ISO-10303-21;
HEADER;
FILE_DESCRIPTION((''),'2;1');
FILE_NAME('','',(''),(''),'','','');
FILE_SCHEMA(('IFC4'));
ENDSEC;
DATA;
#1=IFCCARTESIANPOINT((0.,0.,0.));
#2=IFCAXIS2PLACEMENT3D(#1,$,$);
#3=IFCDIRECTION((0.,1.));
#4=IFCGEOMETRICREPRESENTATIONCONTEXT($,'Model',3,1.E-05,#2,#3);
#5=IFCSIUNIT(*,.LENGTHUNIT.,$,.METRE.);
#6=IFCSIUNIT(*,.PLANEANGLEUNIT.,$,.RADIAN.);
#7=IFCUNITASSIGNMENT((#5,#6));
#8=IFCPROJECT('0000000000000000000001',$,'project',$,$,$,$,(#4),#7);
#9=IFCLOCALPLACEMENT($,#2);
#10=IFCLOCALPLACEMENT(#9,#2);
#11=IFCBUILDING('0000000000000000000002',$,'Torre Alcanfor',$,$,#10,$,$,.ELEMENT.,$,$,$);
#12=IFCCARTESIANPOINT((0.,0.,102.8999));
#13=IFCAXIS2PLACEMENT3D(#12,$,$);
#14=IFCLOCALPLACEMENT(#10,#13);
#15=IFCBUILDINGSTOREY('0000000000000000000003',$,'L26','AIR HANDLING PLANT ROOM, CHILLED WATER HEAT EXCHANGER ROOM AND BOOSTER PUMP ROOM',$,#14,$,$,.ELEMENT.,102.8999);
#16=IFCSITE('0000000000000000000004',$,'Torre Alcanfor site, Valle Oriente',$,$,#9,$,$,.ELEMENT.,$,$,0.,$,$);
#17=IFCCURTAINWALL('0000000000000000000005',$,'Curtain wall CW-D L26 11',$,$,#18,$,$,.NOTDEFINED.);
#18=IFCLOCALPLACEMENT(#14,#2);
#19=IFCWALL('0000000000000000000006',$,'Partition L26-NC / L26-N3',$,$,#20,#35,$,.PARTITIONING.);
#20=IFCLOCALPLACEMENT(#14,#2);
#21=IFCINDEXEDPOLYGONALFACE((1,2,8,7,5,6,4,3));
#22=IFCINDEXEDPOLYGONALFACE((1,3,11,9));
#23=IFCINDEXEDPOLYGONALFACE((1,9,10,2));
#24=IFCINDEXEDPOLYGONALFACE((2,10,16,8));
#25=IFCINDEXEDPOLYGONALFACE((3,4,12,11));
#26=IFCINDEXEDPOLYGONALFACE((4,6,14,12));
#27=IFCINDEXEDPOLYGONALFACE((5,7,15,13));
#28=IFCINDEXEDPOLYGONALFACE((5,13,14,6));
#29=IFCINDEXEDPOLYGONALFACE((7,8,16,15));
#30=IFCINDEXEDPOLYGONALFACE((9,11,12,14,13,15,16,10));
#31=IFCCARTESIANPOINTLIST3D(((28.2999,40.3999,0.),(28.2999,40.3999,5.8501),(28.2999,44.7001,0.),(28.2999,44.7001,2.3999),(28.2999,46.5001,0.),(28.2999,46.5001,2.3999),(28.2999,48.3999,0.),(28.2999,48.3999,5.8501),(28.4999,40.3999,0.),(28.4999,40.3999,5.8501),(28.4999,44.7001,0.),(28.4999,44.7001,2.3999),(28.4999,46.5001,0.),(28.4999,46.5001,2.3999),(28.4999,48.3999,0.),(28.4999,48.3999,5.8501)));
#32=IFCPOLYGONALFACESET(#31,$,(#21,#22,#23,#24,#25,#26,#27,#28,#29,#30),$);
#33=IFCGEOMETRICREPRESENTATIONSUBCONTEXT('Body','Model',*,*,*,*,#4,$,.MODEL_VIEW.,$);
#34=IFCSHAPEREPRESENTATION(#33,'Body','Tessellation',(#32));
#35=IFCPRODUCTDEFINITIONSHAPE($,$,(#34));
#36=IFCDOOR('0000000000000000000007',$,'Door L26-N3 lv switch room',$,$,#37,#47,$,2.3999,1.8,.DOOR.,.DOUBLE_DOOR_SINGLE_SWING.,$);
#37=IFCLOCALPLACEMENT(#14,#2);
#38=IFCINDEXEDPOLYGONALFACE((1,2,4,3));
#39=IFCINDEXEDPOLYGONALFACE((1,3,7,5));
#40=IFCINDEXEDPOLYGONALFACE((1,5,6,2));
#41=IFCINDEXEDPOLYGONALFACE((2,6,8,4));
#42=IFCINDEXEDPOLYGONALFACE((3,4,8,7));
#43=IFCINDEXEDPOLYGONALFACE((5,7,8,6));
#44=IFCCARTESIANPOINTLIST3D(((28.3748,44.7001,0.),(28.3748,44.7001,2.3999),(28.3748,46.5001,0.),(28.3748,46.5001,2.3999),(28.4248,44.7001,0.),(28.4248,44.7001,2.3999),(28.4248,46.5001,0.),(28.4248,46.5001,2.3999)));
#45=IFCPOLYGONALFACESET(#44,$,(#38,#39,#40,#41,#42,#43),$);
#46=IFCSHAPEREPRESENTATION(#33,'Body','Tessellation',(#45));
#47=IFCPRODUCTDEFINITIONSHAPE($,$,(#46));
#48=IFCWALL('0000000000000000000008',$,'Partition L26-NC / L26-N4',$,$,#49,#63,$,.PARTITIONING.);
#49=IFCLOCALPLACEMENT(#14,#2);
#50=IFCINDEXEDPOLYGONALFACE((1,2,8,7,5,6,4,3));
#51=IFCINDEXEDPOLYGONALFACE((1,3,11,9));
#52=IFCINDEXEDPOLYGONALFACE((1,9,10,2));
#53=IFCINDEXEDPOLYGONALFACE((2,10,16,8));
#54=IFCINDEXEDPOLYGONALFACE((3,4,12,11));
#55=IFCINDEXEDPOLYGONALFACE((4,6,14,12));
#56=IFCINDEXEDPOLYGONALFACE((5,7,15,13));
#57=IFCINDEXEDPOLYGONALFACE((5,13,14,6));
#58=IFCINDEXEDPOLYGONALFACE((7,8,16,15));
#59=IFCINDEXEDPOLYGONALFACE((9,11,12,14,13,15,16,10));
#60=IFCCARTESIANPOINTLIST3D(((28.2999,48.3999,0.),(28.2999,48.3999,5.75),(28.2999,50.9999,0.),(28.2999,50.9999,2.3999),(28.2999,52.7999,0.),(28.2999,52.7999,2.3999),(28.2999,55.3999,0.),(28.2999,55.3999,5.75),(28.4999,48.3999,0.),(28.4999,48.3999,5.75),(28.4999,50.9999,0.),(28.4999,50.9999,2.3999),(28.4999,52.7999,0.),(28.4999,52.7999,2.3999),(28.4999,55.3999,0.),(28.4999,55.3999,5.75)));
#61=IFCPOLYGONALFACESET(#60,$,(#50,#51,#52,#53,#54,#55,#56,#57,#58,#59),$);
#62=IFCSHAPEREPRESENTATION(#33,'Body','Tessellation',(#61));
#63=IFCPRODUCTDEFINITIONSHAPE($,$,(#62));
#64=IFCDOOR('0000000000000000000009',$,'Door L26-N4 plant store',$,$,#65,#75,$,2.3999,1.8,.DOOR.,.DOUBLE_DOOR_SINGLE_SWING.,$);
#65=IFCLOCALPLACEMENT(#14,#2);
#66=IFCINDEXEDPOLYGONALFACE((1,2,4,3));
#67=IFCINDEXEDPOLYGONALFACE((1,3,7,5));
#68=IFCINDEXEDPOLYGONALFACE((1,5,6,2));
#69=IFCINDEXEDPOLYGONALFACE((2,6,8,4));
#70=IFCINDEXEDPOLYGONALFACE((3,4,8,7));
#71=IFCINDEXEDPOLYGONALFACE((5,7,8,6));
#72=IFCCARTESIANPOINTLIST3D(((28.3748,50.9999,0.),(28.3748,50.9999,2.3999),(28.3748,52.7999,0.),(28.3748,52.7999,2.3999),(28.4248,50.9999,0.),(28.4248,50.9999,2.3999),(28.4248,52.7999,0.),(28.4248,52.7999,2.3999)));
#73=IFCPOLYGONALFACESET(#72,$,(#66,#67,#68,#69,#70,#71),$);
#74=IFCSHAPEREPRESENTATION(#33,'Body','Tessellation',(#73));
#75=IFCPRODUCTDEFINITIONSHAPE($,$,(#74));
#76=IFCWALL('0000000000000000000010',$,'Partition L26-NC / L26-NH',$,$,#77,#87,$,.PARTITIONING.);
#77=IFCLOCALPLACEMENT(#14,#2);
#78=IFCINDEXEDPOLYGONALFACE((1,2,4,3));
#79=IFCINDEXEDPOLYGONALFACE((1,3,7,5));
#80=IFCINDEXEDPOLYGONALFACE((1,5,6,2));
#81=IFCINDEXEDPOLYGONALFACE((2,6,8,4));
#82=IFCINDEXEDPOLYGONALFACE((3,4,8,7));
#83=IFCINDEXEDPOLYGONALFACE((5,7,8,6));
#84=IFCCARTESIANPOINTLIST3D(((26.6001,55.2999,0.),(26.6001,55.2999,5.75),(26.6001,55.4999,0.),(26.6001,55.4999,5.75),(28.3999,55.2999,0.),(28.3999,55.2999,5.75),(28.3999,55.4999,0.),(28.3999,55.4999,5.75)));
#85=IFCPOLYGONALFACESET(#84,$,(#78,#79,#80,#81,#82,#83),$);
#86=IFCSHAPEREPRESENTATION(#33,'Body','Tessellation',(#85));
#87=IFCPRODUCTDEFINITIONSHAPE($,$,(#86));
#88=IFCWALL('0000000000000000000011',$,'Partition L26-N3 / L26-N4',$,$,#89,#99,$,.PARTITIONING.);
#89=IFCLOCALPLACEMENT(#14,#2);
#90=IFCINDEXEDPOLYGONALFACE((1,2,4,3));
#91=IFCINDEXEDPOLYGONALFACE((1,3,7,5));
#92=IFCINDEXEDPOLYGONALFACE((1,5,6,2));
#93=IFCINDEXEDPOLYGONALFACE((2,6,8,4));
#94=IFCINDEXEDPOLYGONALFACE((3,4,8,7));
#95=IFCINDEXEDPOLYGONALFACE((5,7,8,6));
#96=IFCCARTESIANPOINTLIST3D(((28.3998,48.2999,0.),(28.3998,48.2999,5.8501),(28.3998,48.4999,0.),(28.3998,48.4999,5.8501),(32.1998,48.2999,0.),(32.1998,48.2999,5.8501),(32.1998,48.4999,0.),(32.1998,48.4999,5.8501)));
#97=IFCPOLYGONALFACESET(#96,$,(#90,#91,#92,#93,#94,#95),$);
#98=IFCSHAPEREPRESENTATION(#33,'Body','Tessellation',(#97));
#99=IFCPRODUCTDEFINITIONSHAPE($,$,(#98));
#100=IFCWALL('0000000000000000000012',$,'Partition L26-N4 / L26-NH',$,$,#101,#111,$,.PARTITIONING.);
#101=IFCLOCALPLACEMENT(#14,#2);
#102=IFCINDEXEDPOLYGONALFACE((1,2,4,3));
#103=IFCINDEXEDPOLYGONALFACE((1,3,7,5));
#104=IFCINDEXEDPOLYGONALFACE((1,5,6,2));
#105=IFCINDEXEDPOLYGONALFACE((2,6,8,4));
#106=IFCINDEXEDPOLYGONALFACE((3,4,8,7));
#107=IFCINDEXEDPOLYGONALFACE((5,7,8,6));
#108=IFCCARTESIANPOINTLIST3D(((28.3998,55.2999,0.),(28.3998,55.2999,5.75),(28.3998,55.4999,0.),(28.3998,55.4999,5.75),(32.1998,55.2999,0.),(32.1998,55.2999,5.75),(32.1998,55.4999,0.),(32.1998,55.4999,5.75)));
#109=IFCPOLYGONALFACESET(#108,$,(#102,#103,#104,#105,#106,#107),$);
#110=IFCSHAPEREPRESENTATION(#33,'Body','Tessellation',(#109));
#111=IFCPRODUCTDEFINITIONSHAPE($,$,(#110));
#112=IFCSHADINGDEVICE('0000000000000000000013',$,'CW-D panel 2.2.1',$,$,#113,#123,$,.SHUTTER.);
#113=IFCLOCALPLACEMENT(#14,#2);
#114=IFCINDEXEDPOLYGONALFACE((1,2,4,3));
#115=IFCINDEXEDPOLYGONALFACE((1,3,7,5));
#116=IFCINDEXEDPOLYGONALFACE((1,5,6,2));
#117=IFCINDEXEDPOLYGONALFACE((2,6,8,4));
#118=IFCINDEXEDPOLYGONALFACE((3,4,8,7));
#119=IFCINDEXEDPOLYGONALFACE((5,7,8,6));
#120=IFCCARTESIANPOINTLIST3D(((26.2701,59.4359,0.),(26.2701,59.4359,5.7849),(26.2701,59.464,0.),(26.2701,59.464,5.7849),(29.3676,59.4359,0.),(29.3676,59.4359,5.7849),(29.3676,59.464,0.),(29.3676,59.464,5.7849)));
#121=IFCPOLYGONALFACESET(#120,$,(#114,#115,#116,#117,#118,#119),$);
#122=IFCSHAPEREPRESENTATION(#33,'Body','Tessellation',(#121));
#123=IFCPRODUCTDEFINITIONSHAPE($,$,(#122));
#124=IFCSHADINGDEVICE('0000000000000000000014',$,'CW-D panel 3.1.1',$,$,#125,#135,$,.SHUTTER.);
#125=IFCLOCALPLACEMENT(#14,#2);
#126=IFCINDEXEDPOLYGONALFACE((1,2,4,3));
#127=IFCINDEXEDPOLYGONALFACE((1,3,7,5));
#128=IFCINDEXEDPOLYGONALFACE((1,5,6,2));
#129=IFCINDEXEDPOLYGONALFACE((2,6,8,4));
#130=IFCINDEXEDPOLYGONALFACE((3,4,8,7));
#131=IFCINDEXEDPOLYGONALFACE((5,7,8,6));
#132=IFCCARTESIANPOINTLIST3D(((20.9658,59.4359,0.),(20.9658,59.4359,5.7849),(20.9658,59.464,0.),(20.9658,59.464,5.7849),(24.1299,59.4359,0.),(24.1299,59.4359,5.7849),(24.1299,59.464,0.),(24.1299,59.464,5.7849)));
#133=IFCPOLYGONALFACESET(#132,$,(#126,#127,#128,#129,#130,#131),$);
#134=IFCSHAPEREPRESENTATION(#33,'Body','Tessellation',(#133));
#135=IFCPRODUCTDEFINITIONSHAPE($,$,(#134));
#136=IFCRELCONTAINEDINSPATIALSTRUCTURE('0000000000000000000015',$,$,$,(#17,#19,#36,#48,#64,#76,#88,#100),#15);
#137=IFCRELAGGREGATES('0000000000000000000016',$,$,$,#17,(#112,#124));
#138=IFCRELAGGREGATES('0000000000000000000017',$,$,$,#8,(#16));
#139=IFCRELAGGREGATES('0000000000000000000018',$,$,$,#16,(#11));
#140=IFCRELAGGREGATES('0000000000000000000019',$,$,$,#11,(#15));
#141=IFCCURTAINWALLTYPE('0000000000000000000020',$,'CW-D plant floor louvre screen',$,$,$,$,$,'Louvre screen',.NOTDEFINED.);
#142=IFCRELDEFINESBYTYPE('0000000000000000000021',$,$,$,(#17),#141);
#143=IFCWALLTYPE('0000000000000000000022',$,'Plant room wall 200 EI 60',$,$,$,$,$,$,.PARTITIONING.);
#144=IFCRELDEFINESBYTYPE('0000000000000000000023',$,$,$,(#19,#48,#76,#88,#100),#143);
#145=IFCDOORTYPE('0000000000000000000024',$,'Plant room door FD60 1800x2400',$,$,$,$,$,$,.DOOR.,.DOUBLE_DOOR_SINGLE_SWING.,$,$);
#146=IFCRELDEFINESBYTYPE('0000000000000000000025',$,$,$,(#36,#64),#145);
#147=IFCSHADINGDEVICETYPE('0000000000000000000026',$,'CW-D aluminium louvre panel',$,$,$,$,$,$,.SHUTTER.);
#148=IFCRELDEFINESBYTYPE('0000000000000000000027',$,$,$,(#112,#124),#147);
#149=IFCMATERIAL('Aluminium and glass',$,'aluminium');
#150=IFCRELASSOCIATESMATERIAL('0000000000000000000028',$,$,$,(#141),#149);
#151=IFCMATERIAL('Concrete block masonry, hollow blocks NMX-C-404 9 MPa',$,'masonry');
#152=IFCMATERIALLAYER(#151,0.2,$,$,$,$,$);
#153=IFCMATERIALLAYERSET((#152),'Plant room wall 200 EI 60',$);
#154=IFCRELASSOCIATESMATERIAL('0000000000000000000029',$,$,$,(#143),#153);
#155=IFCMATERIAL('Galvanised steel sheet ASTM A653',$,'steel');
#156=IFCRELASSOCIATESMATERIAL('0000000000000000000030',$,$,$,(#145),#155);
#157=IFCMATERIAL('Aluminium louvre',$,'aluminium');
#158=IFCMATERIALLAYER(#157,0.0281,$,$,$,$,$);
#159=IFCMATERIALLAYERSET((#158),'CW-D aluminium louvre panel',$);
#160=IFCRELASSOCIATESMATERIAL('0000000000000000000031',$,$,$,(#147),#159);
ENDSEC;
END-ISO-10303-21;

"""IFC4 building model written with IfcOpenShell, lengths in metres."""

from ifc_helpers import new_model, si_unit, direction, frame, frame_2d, origin, origin_2d, place, context, subcontext, project, spatial, rectangle, extrude, material, layer, layer_set, type_object, element, fill, aggregate, save


model = new_model("IFC4")

# Units and contexts
model_context = context("Model", 3, precision=1e-05, world=origin(), true_north=direction((0.0, 1.0)))
body_context = subcontext(model_context, "Body", "Model", "MODEL_VIEW")
ifc_project = project(units=[si_unit("LENGTHUNIT", "METRE"), si_unit("PLANEANGLEUNIT", "RADIAN")], contexts=[model_context])

# Site, building, storey
site_placement = place(None, origin())
site = spatial("IfcSite", under=ifc_project, at=site_placement, Name="Torre Alcanfor site, Valle Oriente", CompositionType="ELEMENT", RefElevation=0.0)
building_placement = place(site_placement, origin())
building = spatial("IfcBuilding", under=site, at=building_placement, Name="Torre Alcanfor", CompositionType="ELEMENT")
storey_placement = place(building_placement, frame((0.0, 0.0, 102.8999)))
storey = spatial("IfcBuildingStorey", under=building, at=storey_placement, Name="L26", Description="AIR HANDLING PLANT ROOM, CHILLED WATER HEAT EXCHANGER ROOM AND BOOSTER PUMP ROOM", CompositionType="ELEMENT", Elevation=102.8999)

# Curtain wall
ifc_material_1 = material(Name="Aluminium and glass", Category="aluminium")
curtain_wall_type = type_object("IfcCurtainWallType", Name="CW-D plant floor louvre screen", ElementType="Louvre screen", PredefinedType="NOTDEFINED", material=ifc_material_1)
curtain_wall_placement = place(storey_placement, origin())
curtain_wall = element("IfcCurtainWall", 1, at=curtain_wall_placement, inside=storey, type_object=curtain_wall_type, Name="Curtain wall CW-D L26 11", PredefinedType="NOTDEFINED")

# Shared definitions
ifc_material_2 = material(Name="Concrete block masonry, hollow blocks NMX-C-404 9 MPa", Category="masonry")
ifc_layer_1 = layer(ifc_material_2, 0.2)
ifc_layer_set_1 = layer_set([ifc_layer_1], Name="Plant room wall 200 EI 60")
wall_type = type_object("IfcWallType", Name="Plant room wall 200 EI 60", PredefinedType="PARTITIONING", material=ifc_layer_set_1)

# Walls, openings, doors
wall_1_placement = place(storey_placement, frame((28.3999, 48.3999, 0.0), z_axis=(0.0, 0.0, 1.0), x_axis=(0.0, -1.0, 0.0)))
wall_1 = element("IfcWall", 2, at=wall_1_placement, inside=storey, type_object=wall_type, Name="Partition L26-NC / L26-N3", PredefinedType="PARTITIONING", context=body_context, shape_type="SweptSolid", body=[
    extrude(rectangle(XDim=8.0, YDim=0.2, at=frame_2d((4.0, 0.0))), origin(), (0.0, 0.0, 1.0), 5.8501),
])
opening_1_placement = place(wall_1_placement, frame((1.8999, 0.0, 0.0)))
opening_1 = element("IfcOpeningElement", 3, at=opening_1_placement, cuts=wall_1, PredefinedType="OPENING", context=body_context, shape_type="SweptSolid", body=[
    extrude(rectangle(XDim=1.8, YDim=2.3999, at=frame_2d((0.8999, 1.2))), frame((0.0, 0.1099, 0.0), z_axis=(0.0, -1.0, 0.0), x_axis=(1.0, 0.0, 0.0)), (0.0, 0.0, 1.0), 0.22),
])
ifc_material_3 = material(Name="Galvanised steel sheet ASTM A653", Category="steel")
door_type = type_object("IfcDoorType", Name="Plant room door FD60 1800x2400", OperationType="DOUBLE_DOOR_SINGLE_SWING", PredefinedType="DOOR", material=ifc_material_3)
door_1_placement = place(opening_1_placement, origin())
door_1 = element("IfcDoor", 4, at=door_1_placement, inside=storey, type_object=door_type, Name="Door L26-N3 lv switch room", OperationType="DOUBLE_DOOR_SINGLE_SWING", OverallHeight=2.3999, OverallWidth=1.8, PredefinedType="DOOR", context=body_context, shape_type="SweptSolid", body=[
    extrude(rectangle(XDim=1.8, YDim=2.3999, at=frame_2d((0.8999, 1.2))), frame((0.0, 0.0249, 0.0), z_axis=(0.0, -1.0, 0.0), x_axis=(1.0, 0.0, 0.0)), (0.0, 0.0, 1.0), 0.05),
])
fill(opening_1, door_1)
wall_2_placement = place(storey_placement, frame((28.3999, 55.3999, 0.0), z_axis=(0.0, 0.0, 1.0), x_axis=(0.0, -1.0, 0.0)))
wall_2 = element("IfcWall", 5, at=wall_2_placement, inside=storey, type_object=wall_type, Name="Partition L26-NC / L26-N4", PredefinedType="PARTITIONING", context=body_context, shape_type="SweptSolid", body=[
    extrude(rectangle(XDim=7.0, YDim=0.2, at=frame_2d((3.5, 0.0))), origin(), (0.0, 0.0, 1.0), 5.75),
])
opening_2_placement = place(wall_2_placement, frame((2.6001, 0.0, 0.0)))
opening_2 = element("IfcOpeningElement", 6, at=opening_2_placement, cuts=wall_2, PredefinedType="OPENING", context=body_context, shape_type="SweptSolid", body=[
    extrude(rectangle(XDim=1.8, YDim=2.3999, at=frame_2d((0.8999, 1.2))), frame((0.0, 0.1099, 0.0), z_axis=(0.0, -1.0, 0.0), x_axis=(1.0, 0.0, 0.0)), (0.0, 0.0, 1.0), 0.22),
])
door_2_placement = place(opening_2_placement, origin())
door_2 = element("IfcDoor", 7, at=door_2_placement, inside=storey, type_object=door_type, Name="Door L26-N4 plant store", OperationType="DOUBLE_DOOR_SINGLE_SWING", OverallHeight=2.3999, OverallWidth=1.8, PredefinedType="DOOR", context=body_context, shape_type="SweptSolid", body=[
    extrude(rectangle(XDim=1.8, YDim=2.3999, at=frame_2d((0.8999, 1.2))), frame((0.0, 0.0249, 0.0), z_axis=(0.0, -1.0, 0.0), x_axis=(1.0, 0.0, 0.0)), (0.0, 0.0, 1.0), 0.05),
])
fill(opening_2, door_2)

# Walls
wall_3_placement = place(storey_placement, frame((26.6001, 55.3999, 0.0), z_axis=(0.0, 0.0, 1.0), x_axis=(1.0, 0.0, 0.0)))
element("IfcWall", 8, at=wall_3_placement, inside=storey, type_object=wall_type, Name="Partition L26-NC / L26-NH", PredefinedType="PARTITIONING", context=body_context, shape_type="SweptSolid", body=[
    extrude(rectangle(XDim=1.7998, YDim=0.2, at=frame_2d((0.8999, 0.0))), origin(), (0.0, 0.0, 1.0), 5.75),
])
wall_4_placement = place(storey_placement, frame((28.3999, 48.3999, 0.0), z_axis=(0.0, 0.0, 1.0), x_axis=(1.0, 0.0, 0.0)))
element("IfcWall", 9, at=wall_4_placement, inside=storey, type_object=wall_type, Name="Partition L26-N3 / L26-N4", PredefinedType="PARTITIONING", context=body_context, shape_type="SweptSolid", body=[
    extrude(rectangle(XDim=3.8, YDim=0.2, at=frame_2d((1.8999, 0.0))), origin(), (0.0, 0.0, 1.0), 5.8501),
])
wall_5_placement = place(storey_placement, frame((28.3999, 55.3999, 0.0), z_axis=(0.0, 0.0, 1.0), x_axis=(1.0, 0.0, 0.0)))
element("IfcWall", 10, at=wall_5_placement, inside=storey, type_object=wall_type, Name="Partition L26-N4 / L26-NH", PredefinedType="PARTITIONING", context=body_context, shape_type="SweptSolid", body=[
    extrude(rectangle(XDim=3.8, YDim=0.2, at=frame_2d((1.8999, 0.0))), origin(), (0.0, 0.0, 1.0), 5.75),
])

# Shading devices
ifc_material_4 = material(Name="Aluminium louvre", Category="aluminium")
ifc_layer_2 = layer(ifc_material_4, 0.0281)
ifc_layer_set_2 = layer_set([ifc_layer_2], Name="CW-D aluminium louvre panel")
shading_device_type = type_object("IfcShadingDeviceType", Name="CW-D aluminium louvre panel", PredefinedType="SHUTTER", material=ifc_layer_set_2)
shading_device_1_placement = place(storey_placement, frame((27.8188, 59.45, 0.0), z_axis=(0.0, 0.0, 1.0), x_axis=(-1.0, 0.0, 0.0)))
shading_device_1 = element("IfcShadingDevice", 11, at=shading_device_1_placement, type_object=shading_device_type, Name="CW-D panel 2.2.1", PredefinedType="SHUTTER", context=body_context, shape_type="SweptSolid", body=[
    extrude(rectangle(XDim=3.0974, YDim=0.0281, at=origin_2d()), origin(), (0.0, 0.0, 1.0), 5.7849),
])
shading_device_2_placement = place(storey_placement, frame((22.5479, 59.45, 0.0), z_axis=(0.0, 0.0, 1.0), x_axis=(-1.0, 0.0, 0.0)))
shading_device_2 = element("IfcShadingDevice", 12, at=shading_device_2_placement, type_object=shading_device_type, Name="CW-D panel 3.1.1", PredefinedType="SHUTTER", context=body_context, shape_type="SweptSolid", body=[
    extrude(rectangle(XDim=3.1641, YDim=0.0281, at=origin_2d()), origin(), (0.0, 0.0, 1.0), 5.7849),
])
aggregate(curtain_wall, [shading_device_1, shading_device_2])

save(model, "model.ifc")
